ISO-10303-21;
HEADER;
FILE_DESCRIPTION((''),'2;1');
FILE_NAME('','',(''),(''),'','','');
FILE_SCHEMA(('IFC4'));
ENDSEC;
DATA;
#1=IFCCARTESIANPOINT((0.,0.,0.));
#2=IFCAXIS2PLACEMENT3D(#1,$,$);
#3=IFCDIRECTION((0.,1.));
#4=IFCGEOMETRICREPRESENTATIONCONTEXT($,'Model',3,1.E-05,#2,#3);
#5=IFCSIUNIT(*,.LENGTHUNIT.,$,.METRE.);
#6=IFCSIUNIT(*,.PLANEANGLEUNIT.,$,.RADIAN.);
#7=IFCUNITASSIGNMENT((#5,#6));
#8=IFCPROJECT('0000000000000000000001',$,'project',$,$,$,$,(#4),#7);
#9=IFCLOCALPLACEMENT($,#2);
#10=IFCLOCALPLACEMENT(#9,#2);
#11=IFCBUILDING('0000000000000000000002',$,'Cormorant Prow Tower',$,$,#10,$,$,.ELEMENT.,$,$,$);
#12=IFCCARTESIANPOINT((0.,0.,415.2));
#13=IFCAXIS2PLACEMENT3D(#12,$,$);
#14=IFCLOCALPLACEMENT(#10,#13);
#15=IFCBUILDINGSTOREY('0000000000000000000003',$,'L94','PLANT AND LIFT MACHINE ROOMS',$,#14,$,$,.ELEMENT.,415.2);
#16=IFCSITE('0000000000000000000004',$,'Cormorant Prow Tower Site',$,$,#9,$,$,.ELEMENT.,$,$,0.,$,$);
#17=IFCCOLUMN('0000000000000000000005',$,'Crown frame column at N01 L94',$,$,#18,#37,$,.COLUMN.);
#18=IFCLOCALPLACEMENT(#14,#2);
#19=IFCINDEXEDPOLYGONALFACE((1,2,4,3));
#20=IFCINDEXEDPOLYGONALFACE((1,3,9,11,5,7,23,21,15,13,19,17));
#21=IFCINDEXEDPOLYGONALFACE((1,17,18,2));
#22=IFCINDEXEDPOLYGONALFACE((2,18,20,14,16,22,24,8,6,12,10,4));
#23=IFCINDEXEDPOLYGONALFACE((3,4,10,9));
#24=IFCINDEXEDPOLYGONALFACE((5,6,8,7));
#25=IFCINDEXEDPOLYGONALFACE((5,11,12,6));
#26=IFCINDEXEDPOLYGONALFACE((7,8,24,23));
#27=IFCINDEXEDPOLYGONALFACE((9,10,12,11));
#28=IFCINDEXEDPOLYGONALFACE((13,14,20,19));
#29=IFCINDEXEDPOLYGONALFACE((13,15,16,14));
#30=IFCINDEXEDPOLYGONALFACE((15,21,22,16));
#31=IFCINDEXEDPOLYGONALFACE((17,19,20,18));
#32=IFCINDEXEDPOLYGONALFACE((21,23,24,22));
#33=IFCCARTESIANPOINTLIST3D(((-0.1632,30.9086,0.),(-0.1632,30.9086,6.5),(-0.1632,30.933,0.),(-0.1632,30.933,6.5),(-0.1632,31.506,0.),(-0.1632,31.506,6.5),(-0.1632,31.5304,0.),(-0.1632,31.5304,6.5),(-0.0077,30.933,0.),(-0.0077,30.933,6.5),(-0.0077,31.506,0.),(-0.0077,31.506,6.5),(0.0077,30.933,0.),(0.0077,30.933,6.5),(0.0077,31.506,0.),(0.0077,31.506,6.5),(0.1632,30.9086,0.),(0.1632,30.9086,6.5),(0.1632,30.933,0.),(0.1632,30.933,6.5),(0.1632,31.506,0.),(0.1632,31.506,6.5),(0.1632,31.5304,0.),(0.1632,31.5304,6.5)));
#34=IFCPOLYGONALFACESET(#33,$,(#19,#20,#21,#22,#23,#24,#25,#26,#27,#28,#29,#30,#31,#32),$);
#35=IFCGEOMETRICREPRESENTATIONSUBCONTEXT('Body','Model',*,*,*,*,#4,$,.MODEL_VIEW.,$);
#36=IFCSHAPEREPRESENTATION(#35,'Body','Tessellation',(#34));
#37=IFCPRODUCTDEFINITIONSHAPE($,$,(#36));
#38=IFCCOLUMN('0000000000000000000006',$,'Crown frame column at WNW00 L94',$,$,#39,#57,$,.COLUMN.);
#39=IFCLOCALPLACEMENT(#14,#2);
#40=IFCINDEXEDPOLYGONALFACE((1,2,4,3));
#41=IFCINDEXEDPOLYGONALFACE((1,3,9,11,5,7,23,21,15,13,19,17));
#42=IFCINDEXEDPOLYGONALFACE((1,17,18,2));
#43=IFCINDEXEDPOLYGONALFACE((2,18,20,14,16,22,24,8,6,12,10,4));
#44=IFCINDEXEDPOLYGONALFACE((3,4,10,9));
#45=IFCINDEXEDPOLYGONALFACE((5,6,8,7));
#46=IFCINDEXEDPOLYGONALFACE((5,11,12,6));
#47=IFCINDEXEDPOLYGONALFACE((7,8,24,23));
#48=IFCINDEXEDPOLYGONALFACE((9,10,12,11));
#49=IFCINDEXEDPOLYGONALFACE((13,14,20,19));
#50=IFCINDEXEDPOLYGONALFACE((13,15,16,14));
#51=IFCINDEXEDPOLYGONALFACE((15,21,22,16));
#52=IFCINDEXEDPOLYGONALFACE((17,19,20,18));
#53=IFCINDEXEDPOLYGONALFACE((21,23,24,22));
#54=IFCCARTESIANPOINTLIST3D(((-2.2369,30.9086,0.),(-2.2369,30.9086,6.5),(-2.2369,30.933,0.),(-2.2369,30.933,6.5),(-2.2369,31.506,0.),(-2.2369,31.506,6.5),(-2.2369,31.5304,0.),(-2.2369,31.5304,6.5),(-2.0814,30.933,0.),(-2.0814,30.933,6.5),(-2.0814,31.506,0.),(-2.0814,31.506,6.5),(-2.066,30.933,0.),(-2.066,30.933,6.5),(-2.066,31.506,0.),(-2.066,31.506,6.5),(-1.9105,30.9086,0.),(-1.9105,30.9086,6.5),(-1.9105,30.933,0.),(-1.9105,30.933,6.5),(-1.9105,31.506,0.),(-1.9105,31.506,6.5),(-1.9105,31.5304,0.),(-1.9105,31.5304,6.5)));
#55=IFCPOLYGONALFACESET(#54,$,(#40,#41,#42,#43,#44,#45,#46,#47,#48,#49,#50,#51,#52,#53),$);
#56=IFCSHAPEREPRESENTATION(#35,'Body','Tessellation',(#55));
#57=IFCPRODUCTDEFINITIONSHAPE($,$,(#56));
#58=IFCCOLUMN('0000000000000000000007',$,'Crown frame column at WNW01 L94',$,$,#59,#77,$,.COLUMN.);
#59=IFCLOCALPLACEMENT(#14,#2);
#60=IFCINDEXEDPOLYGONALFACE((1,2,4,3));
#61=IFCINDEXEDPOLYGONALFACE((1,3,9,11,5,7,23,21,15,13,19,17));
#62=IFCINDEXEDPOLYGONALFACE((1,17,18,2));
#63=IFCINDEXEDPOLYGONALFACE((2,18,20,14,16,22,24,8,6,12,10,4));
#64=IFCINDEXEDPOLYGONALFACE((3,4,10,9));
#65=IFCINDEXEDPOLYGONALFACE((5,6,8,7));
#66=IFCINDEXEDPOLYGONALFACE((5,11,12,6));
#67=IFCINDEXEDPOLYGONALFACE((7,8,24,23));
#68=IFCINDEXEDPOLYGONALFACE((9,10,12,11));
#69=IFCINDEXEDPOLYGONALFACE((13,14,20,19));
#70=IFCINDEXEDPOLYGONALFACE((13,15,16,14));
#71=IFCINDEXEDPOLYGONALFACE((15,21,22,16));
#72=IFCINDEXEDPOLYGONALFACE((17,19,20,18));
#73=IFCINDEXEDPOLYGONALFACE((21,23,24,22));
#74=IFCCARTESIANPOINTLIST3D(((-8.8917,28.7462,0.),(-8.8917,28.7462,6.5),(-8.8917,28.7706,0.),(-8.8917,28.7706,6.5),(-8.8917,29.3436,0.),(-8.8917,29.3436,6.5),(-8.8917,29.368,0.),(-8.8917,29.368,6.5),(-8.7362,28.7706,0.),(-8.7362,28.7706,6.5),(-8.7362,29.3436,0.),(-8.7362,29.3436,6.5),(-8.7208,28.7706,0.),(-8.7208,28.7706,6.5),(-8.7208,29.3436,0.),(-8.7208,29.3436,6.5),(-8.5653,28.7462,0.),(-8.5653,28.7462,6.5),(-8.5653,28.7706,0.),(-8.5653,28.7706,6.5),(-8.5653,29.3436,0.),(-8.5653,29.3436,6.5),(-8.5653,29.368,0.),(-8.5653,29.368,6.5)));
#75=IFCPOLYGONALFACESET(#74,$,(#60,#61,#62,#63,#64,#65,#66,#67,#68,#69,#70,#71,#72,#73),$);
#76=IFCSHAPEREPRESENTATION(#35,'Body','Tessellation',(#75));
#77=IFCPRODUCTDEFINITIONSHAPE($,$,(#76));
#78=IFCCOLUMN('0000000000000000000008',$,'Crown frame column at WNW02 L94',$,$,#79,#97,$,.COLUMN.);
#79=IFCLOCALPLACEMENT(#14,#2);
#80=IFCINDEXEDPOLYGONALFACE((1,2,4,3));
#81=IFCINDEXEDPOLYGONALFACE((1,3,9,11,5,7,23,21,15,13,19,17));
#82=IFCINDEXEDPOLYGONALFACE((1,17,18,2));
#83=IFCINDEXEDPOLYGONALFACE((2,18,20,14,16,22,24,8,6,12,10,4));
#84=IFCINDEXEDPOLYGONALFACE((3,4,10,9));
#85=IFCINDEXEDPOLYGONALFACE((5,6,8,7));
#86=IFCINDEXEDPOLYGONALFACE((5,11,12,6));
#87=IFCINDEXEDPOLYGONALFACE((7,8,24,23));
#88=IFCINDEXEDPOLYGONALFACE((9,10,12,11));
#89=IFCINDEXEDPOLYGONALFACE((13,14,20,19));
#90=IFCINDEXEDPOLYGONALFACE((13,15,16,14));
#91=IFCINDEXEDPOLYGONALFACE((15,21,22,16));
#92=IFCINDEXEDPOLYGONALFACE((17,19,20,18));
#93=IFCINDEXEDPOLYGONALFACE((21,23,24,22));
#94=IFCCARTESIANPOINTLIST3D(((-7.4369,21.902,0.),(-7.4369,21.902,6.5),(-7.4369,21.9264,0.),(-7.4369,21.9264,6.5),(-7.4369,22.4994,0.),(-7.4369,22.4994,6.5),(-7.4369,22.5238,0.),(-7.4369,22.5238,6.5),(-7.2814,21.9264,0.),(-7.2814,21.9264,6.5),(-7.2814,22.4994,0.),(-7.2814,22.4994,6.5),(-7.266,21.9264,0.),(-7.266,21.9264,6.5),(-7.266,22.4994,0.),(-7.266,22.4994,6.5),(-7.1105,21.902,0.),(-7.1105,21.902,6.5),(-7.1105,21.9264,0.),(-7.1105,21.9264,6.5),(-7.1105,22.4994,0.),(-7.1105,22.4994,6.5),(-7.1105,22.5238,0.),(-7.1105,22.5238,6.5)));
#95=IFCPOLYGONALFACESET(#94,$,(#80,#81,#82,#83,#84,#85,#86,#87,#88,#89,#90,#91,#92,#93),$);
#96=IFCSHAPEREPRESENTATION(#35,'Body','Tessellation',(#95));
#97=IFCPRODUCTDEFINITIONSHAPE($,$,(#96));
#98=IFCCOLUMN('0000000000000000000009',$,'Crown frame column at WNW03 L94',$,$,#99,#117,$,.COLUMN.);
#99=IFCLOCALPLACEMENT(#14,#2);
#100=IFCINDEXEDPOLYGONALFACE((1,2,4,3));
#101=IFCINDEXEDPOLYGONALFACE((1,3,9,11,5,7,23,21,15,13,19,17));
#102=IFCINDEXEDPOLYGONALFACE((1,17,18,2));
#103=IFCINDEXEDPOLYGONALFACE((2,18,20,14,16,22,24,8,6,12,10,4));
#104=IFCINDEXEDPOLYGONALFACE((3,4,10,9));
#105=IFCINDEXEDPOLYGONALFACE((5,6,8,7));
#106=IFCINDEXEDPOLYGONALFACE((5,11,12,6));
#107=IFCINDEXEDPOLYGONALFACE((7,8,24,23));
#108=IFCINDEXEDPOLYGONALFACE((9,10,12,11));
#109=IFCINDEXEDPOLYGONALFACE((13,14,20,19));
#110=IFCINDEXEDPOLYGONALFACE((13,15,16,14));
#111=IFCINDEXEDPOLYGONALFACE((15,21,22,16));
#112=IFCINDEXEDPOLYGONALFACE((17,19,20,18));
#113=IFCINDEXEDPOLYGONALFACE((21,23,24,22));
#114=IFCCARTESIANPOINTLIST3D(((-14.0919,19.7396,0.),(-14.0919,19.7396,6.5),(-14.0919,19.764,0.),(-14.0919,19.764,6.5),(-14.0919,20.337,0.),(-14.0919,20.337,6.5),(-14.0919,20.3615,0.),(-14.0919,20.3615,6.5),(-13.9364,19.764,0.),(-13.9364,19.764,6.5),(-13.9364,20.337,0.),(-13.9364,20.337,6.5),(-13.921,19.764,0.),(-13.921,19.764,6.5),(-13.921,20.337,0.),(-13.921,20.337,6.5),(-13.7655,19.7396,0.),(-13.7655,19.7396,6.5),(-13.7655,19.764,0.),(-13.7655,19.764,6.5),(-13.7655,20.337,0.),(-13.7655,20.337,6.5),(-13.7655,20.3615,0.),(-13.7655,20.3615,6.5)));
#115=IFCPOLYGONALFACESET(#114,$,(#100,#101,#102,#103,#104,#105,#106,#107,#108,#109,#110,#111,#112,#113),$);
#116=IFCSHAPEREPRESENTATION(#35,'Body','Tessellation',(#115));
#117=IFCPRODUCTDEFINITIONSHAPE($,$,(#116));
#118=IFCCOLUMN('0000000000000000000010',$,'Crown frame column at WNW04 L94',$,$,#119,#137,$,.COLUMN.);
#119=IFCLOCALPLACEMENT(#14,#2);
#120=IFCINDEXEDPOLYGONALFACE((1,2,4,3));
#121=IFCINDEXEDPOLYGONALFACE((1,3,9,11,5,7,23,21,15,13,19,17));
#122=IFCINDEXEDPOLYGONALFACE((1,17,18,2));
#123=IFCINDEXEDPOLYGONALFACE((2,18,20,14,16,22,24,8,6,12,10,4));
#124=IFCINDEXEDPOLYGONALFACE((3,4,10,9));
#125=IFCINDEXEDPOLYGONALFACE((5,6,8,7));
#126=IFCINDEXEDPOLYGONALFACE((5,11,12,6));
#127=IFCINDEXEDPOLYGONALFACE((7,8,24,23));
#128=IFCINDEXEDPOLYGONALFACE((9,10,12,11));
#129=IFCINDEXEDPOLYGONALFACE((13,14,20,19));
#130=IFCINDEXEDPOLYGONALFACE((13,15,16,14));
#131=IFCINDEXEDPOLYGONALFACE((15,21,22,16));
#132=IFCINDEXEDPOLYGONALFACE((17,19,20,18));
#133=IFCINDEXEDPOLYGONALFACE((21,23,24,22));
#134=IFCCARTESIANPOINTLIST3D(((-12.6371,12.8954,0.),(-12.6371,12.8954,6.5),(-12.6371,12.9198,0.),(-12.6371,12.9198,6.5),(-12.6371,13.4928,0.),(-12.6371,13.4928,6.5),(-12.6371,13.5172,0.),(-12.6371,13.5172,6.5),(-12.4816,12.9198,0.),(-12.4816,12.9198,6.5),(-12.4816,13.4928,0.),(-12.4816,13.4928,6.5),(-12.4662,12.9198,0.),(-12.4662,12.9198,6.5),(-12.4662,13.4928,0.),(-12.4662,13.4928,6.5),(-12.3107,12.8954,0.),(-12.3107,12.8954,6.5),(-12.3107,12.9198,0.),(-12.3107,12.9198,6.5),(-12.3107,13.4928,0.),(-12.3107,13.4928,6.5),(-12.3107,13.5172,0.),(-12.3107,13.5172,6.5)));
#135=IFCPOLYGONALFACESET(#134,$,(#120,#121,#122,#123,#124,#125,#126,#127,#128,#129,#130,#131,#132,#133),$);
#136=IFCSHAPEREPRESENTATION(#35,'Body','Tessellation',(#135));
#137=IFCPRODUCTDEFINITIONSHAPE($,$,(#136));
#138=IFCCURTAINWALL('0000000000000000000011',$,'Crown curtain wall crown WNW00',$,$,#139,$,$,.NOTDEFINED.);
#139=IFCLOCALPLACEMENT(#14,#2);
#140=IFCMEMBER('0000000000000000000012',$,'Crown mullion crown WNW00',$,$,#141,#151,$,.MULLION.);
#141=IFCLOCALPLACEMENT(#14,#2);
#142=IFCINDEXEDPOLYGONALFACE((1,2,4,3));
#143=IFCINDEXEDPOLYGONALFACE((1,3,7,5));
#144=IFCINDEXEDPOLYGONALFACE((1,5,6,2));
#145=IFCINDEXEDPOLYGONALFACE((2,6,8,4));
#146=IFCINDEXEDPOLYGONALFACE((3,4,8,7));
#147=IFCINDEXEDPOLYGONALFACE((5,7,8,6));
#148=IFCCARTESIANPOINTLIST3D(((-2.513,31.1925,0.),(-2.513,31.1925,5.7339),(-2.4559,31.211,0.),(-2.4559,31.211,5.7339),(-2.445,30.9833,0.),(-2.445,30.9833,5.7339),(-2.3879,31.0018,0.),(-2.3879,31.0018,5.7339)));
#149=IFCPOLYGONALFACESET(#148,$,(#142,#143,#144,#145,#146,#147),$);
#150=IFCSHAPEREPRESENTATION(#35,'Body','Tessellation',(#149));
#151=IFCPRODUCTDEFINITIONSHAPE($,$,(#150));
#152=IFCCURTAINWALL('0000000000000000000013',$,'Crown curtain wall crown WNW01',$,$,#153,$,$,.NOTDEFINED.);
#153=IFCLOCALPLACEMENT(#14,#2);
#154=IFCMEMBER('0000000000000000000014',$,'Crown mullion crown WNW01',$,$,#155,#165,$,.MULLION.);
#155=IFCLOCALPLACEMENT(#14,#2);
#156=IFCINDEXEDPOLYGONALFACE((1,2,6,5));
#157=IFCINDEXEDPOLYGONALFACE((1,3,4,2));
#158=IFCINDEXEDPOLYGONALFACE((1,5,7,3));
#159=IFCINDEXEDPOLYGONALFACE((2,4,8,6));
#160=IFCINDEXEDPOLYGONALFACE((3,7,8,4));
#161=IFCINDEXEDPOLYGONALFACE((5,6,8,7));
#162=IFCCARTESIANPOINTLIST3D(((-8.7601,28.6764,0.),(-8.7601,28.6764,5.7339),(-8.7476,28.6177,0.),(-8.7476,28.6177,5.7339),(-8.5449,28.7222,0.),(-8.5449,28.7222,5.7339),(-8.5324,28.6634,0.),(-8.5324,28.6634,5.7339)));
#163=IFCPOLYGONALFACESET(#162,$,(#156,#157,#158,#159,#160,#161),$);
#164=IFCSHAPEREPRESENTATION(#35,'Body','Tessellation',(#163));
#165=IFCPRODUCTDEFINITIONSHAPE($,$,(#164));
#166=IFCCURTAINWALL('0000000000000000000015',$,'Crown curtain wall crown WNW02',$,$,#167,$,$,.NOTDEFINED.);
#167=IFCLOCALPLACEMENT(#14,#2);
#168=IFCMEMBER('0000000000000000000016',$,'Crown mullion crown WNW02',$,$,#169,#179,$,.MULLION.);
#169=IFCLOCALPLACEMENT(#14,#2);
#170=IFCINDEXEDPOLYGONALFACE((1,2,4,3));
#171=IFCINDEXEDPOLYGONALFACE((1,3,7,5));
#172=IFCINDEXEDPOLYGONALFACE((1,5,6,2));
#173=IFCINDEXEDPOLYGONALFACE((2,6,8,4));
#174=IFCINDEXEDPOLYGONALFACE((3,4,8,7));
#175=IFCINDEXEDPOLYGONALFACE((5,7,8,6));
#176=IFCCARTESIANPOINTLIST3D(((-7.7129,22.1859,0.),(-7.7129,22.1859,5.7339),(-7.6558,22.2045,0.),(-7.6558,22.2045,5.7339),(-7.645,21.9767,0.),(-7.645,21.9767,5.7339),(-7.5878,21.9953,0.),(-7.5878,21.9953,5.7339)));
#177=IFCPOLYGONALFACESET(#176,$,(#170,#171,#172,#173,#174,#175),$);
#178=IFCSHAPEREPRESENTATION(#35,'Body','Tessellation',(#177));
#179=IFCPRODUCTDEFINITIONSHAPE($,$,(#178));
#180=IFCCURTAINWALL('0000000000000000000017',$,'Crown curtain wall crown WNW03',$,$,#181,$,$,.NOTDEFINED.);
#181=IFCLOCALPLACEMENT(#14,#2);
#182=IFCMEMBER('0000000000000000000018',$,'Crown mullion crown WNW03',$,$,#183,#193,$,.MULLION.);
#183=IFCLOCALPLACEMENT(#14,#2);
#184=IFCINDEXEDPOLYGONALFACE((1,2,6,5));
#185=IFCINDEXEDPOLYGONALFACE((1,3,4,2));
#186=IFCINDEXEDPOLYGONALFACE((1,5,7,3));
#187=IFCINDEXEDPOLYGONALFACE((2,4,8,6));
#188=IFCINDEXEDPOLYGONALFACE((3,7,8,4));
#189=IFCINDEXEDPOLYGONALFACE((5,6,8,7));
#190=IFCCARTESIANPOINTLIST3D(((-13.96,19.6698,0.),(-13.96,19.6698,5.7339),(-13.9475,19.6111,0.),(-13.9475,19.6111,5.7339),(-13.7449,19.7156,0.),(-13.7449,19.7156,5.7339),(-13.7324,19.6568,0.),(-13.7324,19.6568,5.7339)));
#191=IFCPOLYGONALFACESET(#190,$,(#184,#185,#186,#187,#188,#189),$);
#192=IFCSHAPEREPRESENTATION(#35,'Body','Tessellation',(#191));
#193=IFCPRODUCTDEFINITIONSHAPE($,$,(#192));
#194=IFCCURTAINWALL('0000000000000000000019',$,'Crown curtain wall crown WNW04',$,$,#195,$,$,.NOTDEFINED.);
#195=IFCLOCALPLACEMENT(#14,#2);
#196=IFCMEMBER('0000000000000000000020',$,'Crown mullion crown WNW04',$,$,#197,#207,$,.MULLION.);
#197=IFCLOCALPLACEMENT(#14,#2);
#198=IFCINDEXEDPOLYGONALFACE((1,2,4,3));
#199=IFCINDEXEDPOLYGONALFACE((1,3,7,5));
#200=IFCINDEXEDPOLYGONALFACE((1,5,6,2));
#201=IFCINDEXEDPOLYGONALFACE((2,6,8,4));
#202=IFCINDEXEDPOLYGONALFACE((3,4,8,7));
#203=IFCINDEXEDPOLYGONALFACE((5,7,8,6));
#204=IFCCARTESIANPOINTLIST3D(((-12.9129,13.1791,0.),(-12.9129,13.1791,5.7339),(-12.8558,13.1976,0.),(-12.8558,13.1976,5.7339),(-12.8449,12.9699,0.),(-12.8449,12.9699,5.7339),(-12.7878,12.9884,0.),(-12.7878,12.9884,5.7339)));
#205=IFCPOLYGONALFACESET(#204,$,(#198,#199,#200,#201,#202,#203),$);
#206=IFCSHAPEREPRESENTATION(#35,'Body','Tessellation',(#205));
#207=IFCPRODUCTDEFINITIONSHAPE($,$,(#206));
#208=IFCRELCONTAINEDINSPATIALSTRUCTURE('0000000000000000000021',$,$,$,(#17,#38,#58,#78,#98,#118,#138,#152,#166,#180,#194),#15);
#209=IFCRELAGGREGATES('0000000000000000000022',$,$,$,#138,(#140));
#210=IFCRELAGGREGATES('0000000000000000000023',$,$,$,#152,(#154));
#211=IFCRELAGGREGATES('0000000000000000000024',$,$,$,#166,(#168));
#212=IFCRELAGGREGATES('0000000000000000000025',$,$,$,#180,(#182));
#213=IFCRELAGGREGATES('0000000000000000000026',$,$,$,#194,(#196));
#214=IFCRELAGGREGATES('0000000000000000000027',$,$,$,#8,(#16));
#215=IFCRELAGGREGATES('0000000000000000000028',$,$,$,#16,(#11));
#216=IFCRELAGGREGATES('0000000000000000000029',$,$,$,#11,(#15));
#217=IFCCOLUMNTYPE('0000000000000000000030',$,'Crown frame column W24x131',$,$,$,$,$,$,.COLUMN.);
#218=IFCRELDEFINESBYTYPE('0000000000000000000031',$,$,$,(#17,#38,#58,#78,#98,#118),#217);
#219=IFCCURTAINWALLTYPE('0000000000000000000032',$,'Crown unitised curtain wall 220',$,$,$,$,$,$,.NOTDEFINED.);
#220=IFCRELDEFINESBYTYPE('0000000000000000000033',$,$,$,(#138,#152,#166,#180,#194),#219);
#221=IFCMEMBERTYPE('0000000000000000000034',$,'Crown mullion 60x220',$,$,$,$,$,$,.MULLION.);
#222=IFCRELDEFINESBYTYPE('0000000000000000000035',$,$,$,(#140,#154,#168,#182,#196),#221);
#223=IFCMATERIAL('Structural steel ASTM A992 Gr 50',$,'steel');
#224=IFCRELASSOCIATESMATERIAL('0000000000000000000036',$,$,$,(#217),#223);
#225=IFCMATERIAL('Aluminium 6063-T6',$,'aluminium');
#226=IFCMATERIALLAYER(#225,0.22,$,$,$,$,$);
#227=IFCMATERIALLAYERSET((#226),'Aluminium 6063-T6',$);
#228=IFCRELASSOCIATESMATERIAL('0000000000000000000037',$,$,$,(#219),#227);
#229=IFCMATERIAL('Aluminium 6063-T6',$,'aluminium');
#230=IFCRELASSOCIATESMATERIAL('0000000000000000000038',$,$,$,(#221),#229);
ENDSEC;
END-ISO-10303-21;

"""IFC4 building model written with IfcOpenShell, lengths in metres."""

from ifc_helpers import new_model, si_unit, direction, frame, origin, origin_2d, place, context, subcontext, project, spatial, rectangle, i_section, extrude, material, layer, layer_set, material_profile, profile_set, type_object, element, aggregate, save


model = new_model("IFC4")

# Units and contexts
model_context = context("Model", 3, precision=1e-05, world=origin(), true_north=direction((0.0, 1.0)))
body_context = subcontext(model_context, "Body", "Model", "MODEL_VIEW")
ifc_project = project(units=[si_unit("LENGTHUNIT", "METRE"), si_unit("PLANEANGLEUNIT", "RADIAN")], contexts=[model_context])

# Site, building, storey
site_placement = place(None, origin())
site = spatial("IfcSite", under=ifc_project, at=site_placement, Name="Cormorant Prow Tower Site", CompositionType="ELEMENT", RefElevation=0.0)
building_placement = place(site_placement, origin())
building = spatial("IfcBuilding", under=site, at=building_placement, Name="Cormorant Prow Tower", CompositionType="ELEMENT")
storey_placement = place(building_placement, frame((0.0, 0.0, 415.2)))
storey = spatial("IfcBuildingStorey", under=building, at=storey_placement, Name="L94", Description="PLANT AND LIFT MACHINE ROOMS", CompositionType="ELEMENT", Elevation=415.2)

# Columns
ifc_material_1 = material(Name="Structural steel ASTM A992 Gr 50", Category="steel")
ifc_material_profile_1 = material_profile(ifc_material_1, i_section(OverallWidth=0.3264, OverallDepth=0.6218, WebThickness=0.0154, FlangeThickness=0.0244, at=origin_2d()), Name="W24x131")
ifc_profile_set_1 = profile_set([ifc_material_profile_1], Name="Structural steel ASTM A992 Gr 50")
column_type = type_object("IfcColumnType", Name="Crown frame column W24x131", PredefinedType="COLUMN", material=ifc_profile_set_1)
for number, where, z_axis, x_axis, name in (
    (1, (0.0, 31.2195, 0.0), (0.0, 0.0, 1.0), (1.0, 0.0, 0.0), "Crown frame column at N01 L94"),
    (2, (-2.0737, 31.2195, 0.0), (0.0, 0.0, 1.0), (1.0, 0.0, 0.0), "Crown frame column at WNW00 L94"),
    (3, (-8.7285, 29.0571, 0.0), (0.0, 0.0, 1.0), (1.0, 0.0, 0.0), "Crown frame column at WNW01 L94"),
    (4, (-7.2737, 22.2129, 0.0), (0.0, 0.0, 1.0), (1.0, 0.0, 0.0), "Crown frame column at WNW02 L94"),
    (5, (-13.9287, 20.0505, 0.0), (0.0, 0.0, 1.0), (1.0, 0.0, 0.0), "Crown frame column at WNW03 L94"),
    (6, (-12.4739, 13.2063, 0.0), (0.0, 0.0, 1.0), (1.0, 0.0, 0.0), "Crown frame column at WNW04 L94"),
):
    element("IfcColumn", number, at=place(storey_placement, frame(where, z_axis=z_axis, x_axis=x_axis)), inside=storey, type_object=column_type, Name=name, PredefinedType="COLUMN", context=body_context, shape_type="SweptSolid", body=[
        extrude(i_section(OverallWidth=0.3264, OverallDepth=0.6218, WebThickness=0.0154, FlangeThickness=0.0244, at=origin_2d()), origin(), (0.0, 0.0, 1.0), 6.5),
    ])

# Curtain walls, members
ifc_material_2 = material(Name="Aluminium 6063-T6", Category="aluminium")
ifc_layer_1 = layer(ifc_material_2, 0.22)
ifc_layer_set_1 = layer_set([ifc_layer_1], Name="Aluminium 6063-T6")
curtain_wall_type = type_object("IfcCurtainWallType", Name="Crown unitised curtain wall 220", PredefinedType="NOTDEFINED", material=ifc_layer_set_1)
curtain_wall_1_placement = place(storey_placement, origin())
curtain_wall_1 = element("IfcCurtainWall", 7, at=curtain_wall_1_placement, inside=storey, type_object=curtain_wall_type, Name="Crown curtain wall crown WNW00", PredefinedType="NOTDEFINED")
ifc_material_3 = material(Name="Aluminium 6063-T6", Category="aluminium")
ifc_material_profile_2 = material_profile(ifc_material_3, rectangle(XDim=0.22, YDim=0.0601, at=origin_2d()), Name="Crown mullion 60x220")
ifc_profile_set_2 = profile_set([ifc_material_profile_2], Name="Aluminium 6063-T6")
member_type_1 = type_object("IfcMemberType", Name="Crown mullion 60x220", PredefinedType="MULLION", material=ifc_profile_set_2)
member_1_placement = place(storey_placement, frame((-2.4504, 31.0972, 0.0), z_axis=(0.0, 0.0, 1.0), x_axis=(0.309017, -0.951056, 0.0)))
member_1 = element("IfcMember", 8, at=member_1_placement, type_object=member_type_1, Name="Crown mullion crown WNW00", PredefinedType="MULLION", context=body_context, shape_type="SweptSolid", body=[
    extrude(rectangle(XDim=0.22, YDim=0.0601, at=origin_2d()), origin(), (0.0, 0.0, 1.0), 5.7339),
])
curtain_wall_2_placement = place(storey_placement, origin())
curtain_wall_2 = element("IfcCurtainWall", 9, at=curtain_wall_2_placement, inside=storey, type_object=curtain_wall_type, Name="Crown curtain wall crown WNW01", PredefinedType="NOTDEFINED")
member_2_placement = place(storey_placement, frame((-8.6462, 28.6699, 0.0), z_axis=(0.0, 0.0, 1.0), x_axis=(0.978148, 0.207912, 0.0)))
member_2 = element("IfcMember", 10, at=member_2_placement, type_object=member_type_1, Name="Crown mullion crown WNW01", PredefinedType="MULLION", context=body_context, shape_type="SweptSolid", body=[
    extrude(rectangle(XDim=0.22, YDim=0.0601, at=origin_2d()), origin(), (0.0, 0.0, 1.0), 5.7339),
])
curtain_wall_3_placement = place(storey_placement, origin())
curtain_wall_3 = element("IfcCurtainWall", 11, at=curtain_wall_3_placement, inside=storey, type_object=curtain_wall_type, Name="Crown curtain wall crown WNW02", PredefinedType="NOTDEFINED")
member_3_placement = place(storey_placement, frame((-7.6504, 22.0906, 0.0), z_axis=(0.0, 0.0, 1.0), x_axis=(0.309017, -0.951057, 0.0)))
member_3 = element("IfcMember", 12, at=member_3_placement, type_object=member_type_1, Name="Crown mullion crown WNW02", PredefinedType="MULLION", context=body_context, shape_type="SweptSolid", body=[
    extrude(rectangle(XDim=0.22, YDim=0.0601, at=origin_2d()), origin(), (0.0, 0.0, 1.0), 5.7339),
])
curtain_wall_4_placement = place(storey_placement, origin())
curtain_wall_4 = element("IfcCurtainWall", 13, at=curtain_wall_4_placement, inside=storey, type_object=curtain_wall_type, Name="Crown curtain wall crown WNW03", PredefinedType="NOTDEFINED")
member_4_placement = place(storey_placement, frame((-13.8462, 19.6633, 0.0), z_axis=(0.0, 0.0, 1.0), x_axis=(0.978148, 0.207912, 0.0)))
member_4 = element("IfcMember", 14, at=member_4_placement, type_object=member_type_1, Name="Crown mullion crown WNW03", PredefinedType="MULLION", context=body_context, shape_type="SweptSolid", body=[
    extrude(rectangle(XDim=0.22, YDim=0.0601, at=origin_2d()), origin(), (0.0, 0.0, 1.0), 5.7339),
])
curtain_wall_5_placement = place(storey_placement, origin())
curtain_wall_5 = element("IfcCurtainWall", 15, at=curtain_wall_5_placement, inside=storey, type_object=curtain_wall_type, Name="Crown curtain wall crown WNW04", PredefinedType="NOTDEFINED")
member_5_placement = place(storey_placement, frame((-12.8503, 13.0837, 0.0), z_axis=(0.0, 0.0, 1.0), x_axis=(0.309017, -0.951056, 0.0)))
member_5 = element("IfcMember", 16, at=member_5_placement, type_object=member_type_1, Name="Crown mullion crown WNW04", PredefinedType="MULLION", context=body_context, shape_type="SweptSolid", body=[
    extrude(rectangle(XDim=0.22, YDim=0.0601, at=origin_2d()), origin(), (0.0, 0.0, 1.0), 5.7339),
])

aggregate(curtain_wall_1, [member_1])
aggregate(curtain_wall_2, [member_2])
aggregate(curtain_wall_3, [member_3])
aggregate(curtain_wall_4, [member_4])
aggregate(curtain_wall_5, [member_5])

save(model, "model.ifc")
